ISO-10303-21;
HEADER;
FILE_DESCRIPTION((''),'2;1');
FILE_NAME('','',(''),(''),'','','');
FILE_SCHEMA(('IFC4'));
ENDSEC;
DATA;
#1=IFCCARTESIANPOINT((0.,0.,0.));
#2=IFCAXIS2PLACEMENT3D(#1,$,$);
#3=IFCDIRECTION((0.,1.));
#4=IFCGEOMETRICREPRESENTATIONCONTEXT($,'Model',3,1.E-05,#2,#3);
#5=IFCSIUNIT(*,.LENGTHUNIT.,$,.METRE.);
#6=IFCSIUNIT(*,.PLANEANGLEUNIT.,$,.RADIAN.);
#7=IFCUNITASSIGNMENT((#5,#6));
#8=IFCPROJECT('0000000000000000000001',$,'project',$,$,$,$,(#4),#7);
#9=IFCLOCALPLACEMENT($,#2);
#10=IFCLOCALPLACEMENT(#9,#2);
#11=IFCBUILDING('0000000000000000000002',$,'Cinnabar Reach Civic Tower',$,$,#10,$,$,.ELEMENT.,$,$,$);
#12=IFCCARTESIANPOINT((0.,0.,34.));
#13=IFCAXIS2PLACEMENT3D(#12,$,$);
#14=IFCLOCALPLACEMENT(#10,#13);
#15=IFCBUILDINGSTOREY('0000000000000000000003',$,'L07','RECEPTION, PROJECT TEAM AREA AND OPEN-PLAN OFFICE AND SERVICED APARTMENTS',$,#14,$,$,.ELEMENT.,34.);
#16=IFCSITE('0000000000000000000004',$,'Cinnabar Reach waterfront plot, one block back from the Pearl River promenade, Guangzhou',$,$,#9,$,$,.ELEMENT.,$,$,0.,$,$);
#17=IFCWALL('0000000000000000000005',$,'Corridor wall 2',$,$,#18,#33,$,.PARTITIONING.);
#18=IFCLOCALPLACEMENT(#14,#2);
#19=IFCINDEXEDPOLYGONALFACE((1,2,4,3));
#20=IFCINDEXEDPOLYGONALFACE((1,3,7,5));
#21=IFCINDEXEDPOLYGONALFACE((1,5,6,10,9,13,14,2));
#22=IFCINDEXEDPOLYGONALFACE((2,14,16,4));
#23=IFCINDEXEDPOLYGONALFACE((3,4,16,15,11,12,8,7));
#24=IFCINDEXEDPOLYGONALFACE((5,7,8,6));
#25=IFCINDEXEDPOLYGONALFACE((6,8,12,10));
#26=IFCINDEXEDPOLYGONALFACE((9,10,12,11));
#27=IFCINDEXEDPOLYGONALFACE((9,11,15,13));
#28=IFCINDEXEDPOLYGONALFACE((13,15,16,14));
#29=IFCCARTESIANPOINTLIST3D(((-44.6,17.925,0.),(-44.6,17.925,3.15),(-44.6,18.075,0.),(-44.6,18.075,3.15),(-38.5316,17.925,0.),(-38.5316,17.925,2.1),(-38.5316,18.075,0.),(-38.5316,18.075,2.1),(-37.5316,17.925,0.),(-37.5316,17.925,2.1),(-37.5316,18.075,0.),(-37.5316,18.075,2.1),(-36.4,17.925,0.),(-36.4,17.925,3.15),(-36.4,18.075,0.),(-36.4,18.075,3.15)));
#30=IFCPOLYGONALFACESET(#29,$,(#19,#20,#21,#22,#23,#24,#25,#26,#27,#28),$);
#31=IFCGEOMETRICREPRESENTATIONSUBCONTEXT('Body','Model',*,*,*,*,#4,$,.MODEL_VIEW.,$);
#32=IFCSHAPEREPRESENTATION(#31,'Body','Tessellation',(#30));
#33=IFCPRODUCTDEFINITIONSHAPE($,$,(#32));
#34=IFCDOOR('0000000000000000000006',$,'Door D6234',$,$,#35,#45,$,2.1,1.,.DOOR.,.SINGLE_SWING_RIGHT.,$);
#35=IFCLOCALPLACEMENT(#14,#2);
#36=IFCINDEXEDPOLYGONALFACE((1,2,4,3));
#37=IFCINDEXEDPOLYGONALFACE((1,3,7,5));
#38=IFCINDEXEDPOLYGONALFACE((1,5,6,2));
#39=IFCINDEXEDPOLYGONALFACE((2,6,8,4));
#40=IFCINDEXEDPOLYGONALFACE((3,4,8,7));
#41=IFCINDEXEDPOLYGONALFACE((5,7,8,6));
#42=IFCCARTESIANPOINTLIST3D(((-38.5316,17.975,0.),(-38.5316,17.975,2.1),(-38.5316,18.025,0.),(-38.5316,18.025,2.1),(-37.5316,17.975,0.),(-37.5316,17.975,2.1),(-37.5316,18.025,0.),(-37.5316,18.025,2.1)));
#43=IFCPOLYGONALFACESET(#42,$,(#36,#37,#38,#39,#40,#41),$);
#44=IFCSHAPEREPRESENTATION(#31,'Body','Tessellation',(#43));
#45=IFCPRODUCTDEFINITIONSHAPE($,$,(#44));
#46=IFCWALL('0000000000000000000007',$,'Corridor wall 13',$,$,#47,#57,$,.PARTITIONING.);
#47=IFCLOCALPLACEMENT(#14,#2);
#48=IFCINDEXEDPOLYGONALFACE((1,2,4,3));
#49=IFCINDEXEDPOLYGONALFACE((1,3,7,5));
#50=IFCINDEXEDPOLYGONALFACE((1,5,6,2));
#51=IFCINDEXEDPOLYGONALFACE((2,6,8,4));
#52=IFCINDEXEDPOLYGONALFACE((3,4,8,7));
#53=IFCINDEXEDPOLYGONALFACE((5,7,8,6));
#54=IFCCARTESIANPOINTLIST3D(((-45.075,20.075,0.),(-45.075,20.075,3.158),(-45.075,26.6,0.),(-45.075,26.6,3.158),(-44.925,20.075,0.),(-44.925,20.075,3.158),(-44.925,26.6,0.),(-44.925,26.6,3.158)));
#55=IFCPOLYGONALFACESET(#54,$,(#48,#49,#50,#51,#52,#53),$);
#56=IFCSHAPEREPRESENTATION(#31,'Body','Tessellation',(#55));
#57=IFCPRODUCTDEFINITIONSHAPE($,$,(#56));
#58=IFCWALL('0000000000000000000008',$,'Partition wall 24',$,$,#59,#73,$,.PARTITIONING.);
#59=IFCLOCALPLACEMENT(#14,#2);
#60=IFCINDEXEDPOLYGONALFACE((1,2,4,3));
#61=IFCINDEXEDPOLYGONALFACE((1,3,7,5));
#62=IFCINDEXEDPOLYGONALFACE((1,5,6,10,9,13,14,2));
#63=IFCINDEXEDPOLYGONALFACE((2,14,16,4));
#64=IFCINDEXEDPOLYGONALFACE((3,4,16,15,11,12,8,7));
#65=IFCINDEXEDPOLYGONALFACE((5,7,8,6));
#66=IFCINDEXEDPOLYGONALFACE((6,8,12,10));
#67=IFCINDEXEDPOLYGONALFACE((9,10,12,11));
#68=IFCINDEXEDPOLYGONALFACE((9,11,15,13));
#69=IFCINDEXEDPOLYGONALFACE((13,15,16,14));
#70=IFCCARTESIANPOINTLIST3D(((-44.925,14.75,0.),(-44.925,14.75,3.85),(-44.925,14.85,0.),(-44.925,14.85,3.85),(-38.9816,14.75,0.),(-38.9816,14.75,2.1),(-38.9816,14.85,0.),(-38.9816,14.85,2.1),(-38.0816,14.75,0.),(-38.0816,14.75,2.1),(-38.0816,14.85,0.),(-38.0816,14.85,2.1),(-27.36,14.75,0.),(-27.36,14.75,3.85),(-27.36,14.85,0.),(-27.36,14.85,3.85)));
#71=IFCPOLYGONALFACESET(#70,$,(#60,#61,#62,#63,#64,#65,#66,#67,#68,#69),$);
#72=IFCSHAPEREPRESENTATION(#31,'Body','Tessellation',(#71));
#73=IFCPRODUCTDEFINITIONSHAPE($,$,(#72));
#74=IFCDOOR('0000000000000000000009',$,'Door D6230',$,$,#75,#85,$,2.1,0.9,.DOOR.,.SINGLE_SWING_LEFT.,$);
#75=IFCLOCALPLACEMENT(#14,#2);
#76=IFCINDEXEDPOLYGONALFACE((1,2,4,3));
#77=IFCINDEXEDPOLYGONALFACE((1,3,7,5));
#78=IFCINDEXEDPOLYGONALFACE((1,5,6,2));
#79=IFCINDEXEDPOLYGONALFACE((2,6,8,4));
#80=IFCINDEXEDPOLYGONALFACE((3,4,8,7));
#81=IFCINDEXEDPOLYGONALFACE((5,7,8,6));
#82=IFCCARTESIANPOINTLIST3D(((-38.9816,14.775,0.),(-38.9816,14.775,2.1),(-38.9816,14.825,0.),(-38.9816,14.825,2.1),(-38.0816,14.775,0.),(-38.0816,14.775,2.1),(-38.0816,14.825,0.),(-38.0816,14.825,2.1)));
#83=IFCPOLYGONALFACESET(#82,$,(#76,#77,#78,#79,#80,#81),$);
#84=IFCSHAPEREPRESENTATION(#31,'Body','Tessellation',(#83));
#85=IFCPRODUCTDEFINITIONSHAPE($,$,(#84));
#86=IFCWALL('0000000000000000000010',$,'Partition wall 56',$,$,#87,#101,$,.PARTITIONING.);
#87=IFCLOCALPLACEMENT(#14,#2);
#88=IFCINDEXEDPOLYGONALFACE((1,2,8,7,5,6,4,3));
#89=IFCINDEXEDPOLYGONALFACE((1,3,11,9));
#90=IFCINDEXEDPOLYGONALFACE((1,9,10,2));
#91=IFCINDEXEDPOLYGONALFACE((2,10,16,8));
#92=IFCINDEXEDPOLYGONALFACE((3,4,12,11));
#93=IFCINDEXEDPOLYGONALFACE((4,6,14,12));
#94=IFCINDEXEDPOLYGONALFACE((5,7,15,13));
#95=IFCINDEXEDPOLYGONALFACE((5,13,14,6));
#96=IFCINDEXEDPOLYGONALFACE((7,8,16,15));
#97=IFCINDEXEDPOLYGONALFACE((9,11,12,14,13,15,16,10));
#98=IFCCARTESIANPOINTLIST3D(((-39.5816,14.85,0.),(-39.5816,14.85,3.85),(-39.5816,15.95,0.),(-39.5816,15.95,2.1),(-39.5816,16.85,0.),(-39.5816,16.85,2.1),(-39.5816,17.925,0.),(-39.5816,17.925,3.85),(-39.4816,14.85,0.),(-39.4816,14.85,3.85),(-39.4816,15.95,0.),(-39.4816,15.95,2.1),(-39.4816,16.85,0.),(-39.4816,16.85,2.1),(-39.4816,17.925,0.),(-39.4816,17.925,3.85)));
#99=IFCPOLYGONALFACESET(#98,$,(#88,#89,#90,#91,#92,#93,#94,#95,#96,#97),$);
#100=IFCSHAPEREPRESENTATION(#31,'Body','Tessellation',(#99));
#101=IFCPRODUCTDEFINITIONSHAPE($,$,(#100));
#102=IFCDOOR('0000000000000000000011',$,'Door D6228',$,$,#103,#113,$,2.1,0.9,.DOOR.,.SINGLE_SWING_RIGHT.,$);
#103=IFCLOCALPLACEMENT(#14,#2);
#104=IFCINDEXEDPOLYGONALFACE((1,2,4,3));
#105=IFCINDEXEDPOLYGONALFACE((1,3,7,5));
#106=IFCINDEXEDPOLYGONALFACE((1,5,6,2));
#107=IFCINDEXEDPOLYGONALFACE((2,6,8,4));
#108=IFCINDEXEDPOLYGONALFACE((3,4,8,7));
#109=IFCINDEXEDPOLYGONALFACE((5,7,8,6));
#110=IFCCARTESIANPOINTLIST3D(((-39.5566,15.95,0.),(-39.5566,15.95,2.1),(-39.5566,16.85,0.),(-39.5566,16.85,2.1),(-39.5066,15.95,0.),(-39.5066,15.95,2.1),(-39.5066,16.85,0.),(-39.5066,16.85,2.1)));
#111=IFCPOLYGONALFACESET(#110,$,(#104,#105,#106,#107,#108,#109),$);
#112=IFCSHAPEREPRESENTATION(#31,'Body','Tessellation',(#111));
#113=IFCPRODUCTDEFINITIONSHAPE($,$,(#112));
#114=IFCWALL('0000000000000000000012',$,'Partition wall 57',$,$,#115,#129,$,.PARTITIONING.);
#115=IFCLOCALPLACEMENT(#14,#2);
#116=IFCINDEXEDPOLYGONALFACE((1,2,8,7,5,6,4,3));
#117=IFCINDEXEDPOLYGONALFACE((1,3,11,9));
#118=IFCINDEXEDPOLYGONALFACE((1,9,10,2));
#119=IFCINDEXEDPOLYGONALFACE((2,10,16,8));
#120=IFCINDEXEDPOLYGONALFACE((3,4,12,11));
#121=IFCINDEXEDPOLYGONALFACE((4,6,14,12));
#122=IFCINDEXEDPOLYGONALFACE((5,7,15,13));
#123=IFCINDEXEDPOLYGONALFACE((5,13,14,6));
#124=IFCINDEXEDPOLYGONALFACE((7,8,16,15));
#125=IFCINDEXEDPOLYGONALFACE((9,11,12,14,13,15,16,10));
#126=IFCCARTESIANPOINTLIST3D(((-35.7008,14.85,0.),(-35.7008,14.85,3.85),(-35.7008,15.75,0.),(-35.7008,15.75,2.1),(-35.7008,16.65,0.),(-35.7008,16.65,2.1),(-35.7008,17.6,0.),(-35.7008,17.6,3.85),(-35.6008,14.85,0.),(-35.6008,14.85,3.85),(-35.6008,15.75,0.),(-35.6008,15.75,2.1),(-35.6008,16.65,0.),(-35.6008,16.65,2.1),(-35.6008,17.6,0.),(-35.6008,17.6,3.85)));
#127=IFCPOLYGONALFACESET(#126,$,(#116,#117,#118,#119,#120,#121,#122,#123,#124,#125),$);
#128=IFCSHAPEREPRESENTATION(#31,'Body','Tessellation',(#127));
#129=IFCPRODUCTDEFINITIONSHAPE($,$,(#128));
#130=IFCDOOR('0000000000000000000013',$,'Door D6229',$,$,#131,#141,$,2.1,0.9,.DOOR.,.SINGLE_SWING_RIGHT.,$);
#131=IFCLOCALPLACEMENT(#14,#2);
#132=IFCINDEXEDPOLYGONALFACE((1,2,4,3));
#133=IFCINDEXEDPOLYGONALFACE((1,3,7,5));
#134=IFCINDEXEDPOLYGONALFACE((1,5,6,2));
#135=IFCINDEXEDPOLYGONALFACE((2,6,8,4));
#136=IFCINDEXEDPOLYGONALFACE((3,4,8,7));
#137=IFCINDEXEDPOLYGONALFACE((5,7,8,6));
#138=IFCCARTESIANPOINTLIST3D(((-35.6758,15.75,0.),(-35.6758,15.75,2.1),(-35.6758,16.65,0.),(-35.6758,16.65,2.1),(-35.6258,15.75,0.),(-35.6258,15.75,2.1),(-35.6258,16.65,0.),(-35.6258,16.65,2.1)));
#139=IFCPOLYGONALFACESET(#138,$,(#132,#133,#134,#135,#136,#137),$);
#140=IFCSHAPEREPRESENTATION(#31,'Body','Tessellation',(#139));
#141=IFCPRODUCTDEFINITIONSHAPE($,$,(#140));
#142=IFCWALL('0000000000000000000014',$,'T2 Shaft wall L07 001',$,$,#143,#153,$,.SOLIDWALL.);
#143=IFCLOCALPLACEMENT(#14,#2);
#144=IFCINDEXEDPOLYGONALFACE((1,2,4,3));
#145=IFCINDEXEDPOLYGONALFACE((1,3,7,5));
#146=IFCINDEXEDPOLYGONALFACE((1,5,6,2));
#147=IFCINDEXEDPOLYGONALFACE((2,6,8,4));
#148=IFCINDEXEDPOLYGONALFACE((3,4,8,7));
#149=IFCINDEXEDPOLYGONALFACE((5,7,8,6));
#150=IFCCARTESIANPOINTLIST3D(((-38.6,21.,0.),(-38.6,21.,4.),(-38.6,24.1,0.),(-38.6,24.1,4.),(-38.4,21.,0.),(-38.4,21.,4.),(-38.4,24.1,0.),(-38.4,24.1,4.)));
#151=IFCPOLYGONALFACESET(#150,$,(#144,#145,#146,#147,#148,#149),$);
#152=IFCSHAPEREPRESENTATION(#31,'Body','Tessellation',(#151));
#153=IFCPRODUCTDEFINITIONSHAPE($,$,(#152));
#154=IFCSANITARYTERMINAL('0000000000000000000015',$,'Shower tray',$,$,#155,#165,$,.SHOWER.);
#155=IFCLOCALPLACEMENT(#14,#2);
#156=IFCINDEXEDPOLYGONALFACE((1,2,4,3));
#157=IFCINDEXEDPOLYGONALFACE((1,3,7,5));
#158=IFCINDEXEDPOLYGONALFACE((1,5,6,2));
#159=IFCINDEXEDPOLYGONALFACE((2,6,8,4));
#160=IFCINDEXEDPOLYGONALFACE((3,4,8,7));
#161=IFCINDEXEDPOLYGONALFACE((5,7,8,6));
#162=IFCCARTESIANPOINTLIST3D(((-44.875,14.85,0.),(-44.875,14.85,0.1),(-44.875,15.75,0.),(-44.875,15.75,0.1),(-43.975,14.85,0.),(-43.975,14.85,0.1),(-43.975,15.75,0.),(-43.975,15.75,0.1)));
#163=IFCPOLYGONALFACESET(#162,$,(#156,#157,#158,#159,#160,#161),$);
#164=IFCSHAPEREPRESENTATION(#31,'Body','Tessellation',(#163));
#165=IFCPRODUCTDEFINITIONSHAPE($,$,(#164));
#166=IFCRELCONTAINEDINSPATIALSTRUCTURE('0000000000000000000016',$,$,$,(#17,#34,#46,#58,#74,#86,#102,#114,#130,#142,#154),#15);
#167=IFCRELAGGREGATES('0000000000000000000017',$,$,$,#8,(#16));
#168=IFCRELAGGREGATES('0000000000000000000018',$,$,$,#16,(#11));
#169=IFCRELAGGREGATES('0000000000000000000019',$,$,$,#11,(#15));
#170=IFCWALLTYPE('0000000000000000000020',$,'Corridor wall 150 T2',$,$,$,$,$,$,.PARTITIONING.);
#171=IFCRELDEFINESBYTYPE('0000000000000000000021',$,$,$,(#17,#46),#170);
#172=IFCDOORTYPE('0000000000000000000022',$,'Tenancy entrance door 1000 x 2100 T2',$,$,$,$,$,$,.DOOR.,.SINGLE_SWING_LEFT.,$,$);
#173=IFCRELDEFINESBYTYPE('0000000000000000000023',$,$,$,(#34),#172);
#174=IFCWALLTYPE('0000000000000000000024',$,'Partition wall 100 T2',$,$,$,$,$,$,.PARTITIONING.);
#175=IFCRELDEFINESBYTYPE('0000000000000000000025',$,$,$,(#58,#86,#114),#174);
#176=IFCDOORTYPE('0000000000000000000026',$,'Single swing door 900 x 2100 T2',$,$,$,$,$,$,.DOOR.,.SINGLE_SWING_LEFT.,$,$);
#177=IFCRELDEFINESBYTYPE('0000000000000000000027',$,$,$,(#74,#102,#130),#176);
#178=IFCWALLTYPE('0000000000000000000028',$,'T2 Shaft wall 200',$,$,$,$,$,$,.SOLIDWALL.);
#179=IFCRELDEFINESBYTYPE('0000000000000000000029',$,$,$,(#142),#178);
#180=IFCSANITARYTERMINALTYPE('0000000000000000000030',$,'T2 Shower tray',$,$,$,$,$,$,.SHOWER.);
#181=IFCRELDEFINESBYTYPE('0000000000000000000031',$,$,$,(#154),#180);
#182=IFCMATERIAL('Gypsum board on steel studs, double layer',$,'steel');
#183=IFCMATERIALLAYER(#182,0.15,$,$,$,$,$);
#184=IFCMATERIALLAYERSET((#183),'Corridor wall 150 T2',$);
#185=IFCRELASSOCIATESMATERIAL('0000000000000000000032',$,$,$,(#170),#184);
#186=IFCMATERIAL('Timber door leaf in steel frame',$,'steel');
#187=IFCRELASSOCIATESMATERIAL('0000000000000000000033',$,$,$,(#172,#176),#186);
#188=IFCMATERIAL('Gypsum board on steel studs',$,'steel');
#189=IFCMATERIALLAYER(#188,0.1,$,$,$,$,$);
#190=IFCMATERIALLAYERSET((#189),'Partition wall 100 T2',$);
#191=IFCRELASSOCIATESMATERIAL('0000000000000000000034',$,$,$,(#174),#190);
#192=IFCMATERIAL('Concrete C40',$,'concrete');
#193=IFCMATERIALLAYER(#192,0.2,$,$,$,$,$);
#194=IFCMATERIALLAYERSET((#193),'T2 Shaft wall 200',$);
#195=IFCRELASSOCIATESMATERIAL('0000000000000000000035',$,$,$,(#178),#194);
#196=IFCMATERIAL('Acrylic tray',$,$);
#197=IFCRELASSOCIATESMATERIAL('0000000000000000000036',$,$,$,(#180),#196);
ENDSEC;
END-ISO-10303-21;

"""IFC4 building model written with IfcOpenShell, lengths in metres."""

from ifc_helpers import new_model, si_unit, direction, frame, frame_2d, origin, origin_2d, place, context, subcontext, project, spatial, rectangle, extrude, material, layer, layer_set, type_object, element, fill, save


model = new_model("IFC4")

# Units and contexts
model_context = context("Model", 3, precision=1e-05, world=origin(), true_north=direction((0.0, 1.0)))
body_context = subcontext(model_context, "Body", "Model", "MODEL_VIEW")
ifc_project = project(units=[si_unit("LENGTHUNIT", "METRE"), si_unit("PLANEANGLEUNIT", "RADIAN")], contexts=[model_context])

# Site, building, storey
site_placement = place(None, origin())
site = spatial("IfcSite", under=ifc_project, at=site_placement, Name="Cinnabar Reach waterfront plot, one block back from the Pearl River promenade, Guangzhou", CompositionType="ELEMENT", RefElevation=0.0)
building_placement = place(site_placement, origin())
building = spatial("IfcBuilding", under=site, at=building_placement, Name="Cinnabar Reach Civic Tower", CompositionType="ELEMENT")
storey_placement = place(building_placement, frame((0.0, 0.0, 34.0)))
storey = spatial("IfcBuildingStorey", under=building, at=storey_placement, Name="L07", Description="RECEPTION, PROJECT TEAM AREA AND OPEN-PLAN OFFICE AND SERVICED APARTMENTS", CompositionType="ELEMENT", Elevation=34.0)

# Shared definitions
ifc_material_1 = material(Name="Gypsum board on steel studs, double layer", Category="steel")
ifc_layer_1 = layer(ifc_material_1, 0.15)
ifc_layer_set_1 = layer_set([ifc_layer_1], Name="Corridor wall 150 T2")
wall_type_1 = type_object("IfcWallType", Name="Corridor wall 150 T2", PredefinedType="PARTITIONING", material=ifc_layer_set_1)

# Wall, opening, door
wall_1_placement = place(storey_placement, frame((-44.6, 18.0, 0.0), z_axis=(0.0, 0.0, 1.0), x_axis=(1.0, 0.0, 0.0)))
wall_1 = element("IfcWall", 1, at=wall_1_placement, inside=storey, type_object=wall_type_1, Name="Corridor wall 2", PredefinedType="PARTITIONING", context=body_context, shape_type="SweptSolid", body=[
    extrude(rectangle(XDim=8.2, YDim=0.15, at=frame_2d((4.1, 0.0))), origin(), (0.0, 0.0, 1.0), 3.15),
])
opening_1_placement = place(wall_1_placement, frame((6.0684, 0.0, 0.0)))
opening_1 = element("IfcOpeningElement", 2, at=opening_1_placement, cuts=wall_1, PredefinedType="OPENING", context=body_context, shape_type="SweptSolid", body=[
    extrude(rectangle(XDim=1.0, YDim=2.1, at=frame_2d((0.5, 1.05))), frame((0.0, 0.085, 0.0), z_axis=(0.0, -1.0, 0.0), x_axis=(1.0, 0.0, 0.0)), (0.0, 0.0, 1.0), 0.17),
])
ifc_material_2 = material(Name="Timber door leaf in steel frame", Category="steel")
door_type_1 = type_object("IfcDoorType", Name="Tenancy entrance door 1000 x 2100 T2", OperationType="SINGLE_SWING_LEFT", PredefinedType="DOOR", material=ifc_material_2)
door_1_placement = place(opening_1_placement, frame((1.0, 0.0, 0.0), z_axis=(0.0, 0.0, 1.0), x_axis=(-1.0, 0.0, 0.0)))
door_1 = element("IfcDoor", 3, at=door_1_placement, inside=storey, type_object=door_type_1, Name="Door D6234", OperationType="SINGLE_SWING_RIGHT", OverallHeight=2.1, OverallWidth=1.0, PredefinedType="DOOR", context=body_context, shape_type="SweptSolid", body=[
    extrude(rectangle(XDim=1.0, YDim=2.1, at=frame_2d((0.5, 1.05))), frame((0.0, 0.025, 0.0), z_axis=(0.0, -1.0, 0.0), x_axis=(1.0, 0.0, 0.0)), (0.0, 0.0, 1.0), 0.05),
])
fill(opening_1, door_1)

# Wall
wall_2_placement = place(storey_placement, frame((-45.0, 20.075, 0.0), z_axis=(0.0, 0.0, 1.0), x_axis=(0.0, 1.0, 0.0)))
element("IfcWall", 4, at=wall_2_placement, inside=storey, type_object=wall_type_1, Name="Corridor wall 13", PredefinedType="PARTITIONING", context=body_context, shape_type="SweptSolid", body=[
    extrude(rectangle(XDim=6.525, YDim=0.15, at=frame_2d((3.2625, 0.0))), origin(), (0.0, 0.0, 1.0), 3.158),
])

# Walls, openings, doors
ifc_material_3 = material(Name="Gypsum board on steel studs", Category="steel")
ifc_layer_2 = layer(ifc_material_3, 0.1)
ifc_layer_set_2 = layer_set([ifc_layer_2], Name="Partition wall 100 T2")
wall_type_2 = type_object("IfcWallType", Name="Partition wall 100 T2", PredefinedType="PARTITIONING", material=ifc_layer_set_2)
wall_3_placement = place(storey_placement, frame((-44.925, 14.8, 0.0), z_axis=(0.0, 0.0, 1.0), x_axis=(1.0, 0.0, 0.0)))
wall_3 = element("IfcWall", 5, at=wall_3_placement, inside=storey, type_object=wall_type_2, Name="Partition wall 24", PredefinedType="PARTITIONING", context=body_context, shape_type="SweptSolid", body=[
    extrude(rectangle(XDim=17.565, YDim=0.1, at=frame_2d((8.7825, 0.0))), origin(), (0.0, 0.0, 1.0), 3.85),
])
opening_2_placement = place(wall_3_placement, frame((5.9434, 0.0, 0.0)))
opening_2 = element("IfcOpeningElement", 6, at=opening_2_placement, cuts=wall_3, PredefinedType="OPENING", context=body_context, shape_type="SweptSolid", body=[
    extrude(rectangle(XDim=0.9, YDim=2.1, at=frame_2d((0.45, 1.05))), frame((0.0, 0.06, 0.0), z_axis=(0.0, -1.0, 0.0), x_axis=(1.0, 0.0, 0.0)), (0.0, 0.0, 1.0), 0.12),
])
door_type_2 = type_object("IfcDoorType", Name="Single swing door 900 x 2100 T2", OperationType="SINGLE_SWING_LEFT", PredefinedType="DOOR", material=ifc_material_2)
door_2_placement = place(opening_2_placement, origin())
door_2 = element("IfcDoor", 7, at=door_2_placement, inside=storey, type_object=door_type_2, Name="Door D6230", OperationType="SINGLE_SWING_LEFT", OverallHeight=2.1, OverallWidth=0.9, PredefinedType="DOOR", context=body_context, shape_type="SweptSolid", body=[
    extrude(rectangle(XDim=0.9, YDim=2.1, at=frame_2d((0.45, 1.05))), frame((0.0, 0.025, 0.0), z_axis=(0.0, -1.0, 0.0), x_axis=(1.0, 0.0, 0.0)), (0.0, 0.0, 1.0), 0.05),
])
fill(opening_2, door_2)
wall_4_placement = place(storey_placement, frame((-39.5316, 14.85, 0.0), z_axis=(0.0, 0.0, 1.0), x_axis=(0.0, 1.0, 0.0)))
wall_4 = element("IfcWall", 8, at=wall_4_placement, inside=storey, type_object=wall_type_2, Name="Partition wall 56", PredefinedType="PARTITIONING", context=body_context, shape_type="SweptSolid", body=[
    extrude(rectangle(XDim=3.075, YDim=0.1, at=frame_2d((1.5375, 0.0))), origin(), (0.0, 0.0, 1.0), 3.85),
])
opening_3_placement = place(wall_4_placement, frame((1.1, 0.0, 0.0)))
opening_3 = element("IfcOpeningElement", 9, at=opening_3_placement, cuts=wall_4, PredefinedType="OPENING", context=body_context, shape_type="SweptSolid", body=[
    extrude(rectangle(XDim=0.9, YDim=2.1, at=frame_2d((0.45, 1.05))), frame((0.0, 0.06, 0.0), z_axis=(0.0, -1.0, 0.0), x_axis=(1.0, 0.0, 0.0)), (0.0, 0.0, 1.0), 0.12),
])
door_3_placement = place(opening_3_placement, origin())
door_3 = element("IfcDoor", 10, at=door_3_placement, inside=storey, type_object=door_type_2, Name="Door D6228", OperationType="SINGLE_SWING_RIGHT", OverallHeight=2.1, OverallWidth=0.9, PredefinedType="DOOR", context=body_context, shape_type="SweptSolid", body=[
    extrude(rectangle(XDim=0.9, YDim=2.1, at=frame_2d((0.45, 1.05))), frame((0.0, 0.025, 0.0), z_axis=(0.0, -1.0, 0.0), x_axis=(1.0, 0.0, 0.0)), (0.0, 0.0, 1.0), 0.05),
])
fill(opening_3, door_3)
wall_5_placement = place(storey_placement, frame((-35.6508, 14.85, 0.0), z_axis=(0.0, 0.0, 1.0), x_axis=(0.0, 1.0, 0.0)))
wall_5 = element("IfcWall", 11, at=wall_5_placement, inside=storey, type_object=wall_type_2, Name="Partition wall 57", PredefinedType="PARTITIONING", context=body_context, shape_type="SweptSolid", body=[
    extrude(rectangle(XDim=2.75, YDim=0.1, at=frame_2d((1.375, 0.0))), origin(), (0.0, 0.0, 1.0), 3.85),
])
opening_4_placement = place(wall_5_placement, frame((0.9, 0.0, 0.0)))
opening_4 = element("IfcOpeningElement", 12, at=opening_4_placement, cuts=wall_5, PredefinedType="OPENING", context=body_context, shape_type="SweptSolid", body=[
    extrude(rectangle(XDim=0.9, YDim=2.1, at=frame_2d((0.45, 1.05))), frame((0.0, 0.06, 0.0), z_axis=(0.0, -1.0, 0.0), x_axis=(1.0, 0.0, 0.0)), (0.0, 0.0, 1.0), 0.12),
])
door_4_placement = place(opening_4_placement, origin())
door_4 = element("IfcDoor", 13, at=door_4_placement, inside=storey, type_object=door_type_2, Name="Door D6229", OperationType="SINGLE_SWING_RIGHT", OverallHeight=2.1, OverallWidth=0.9, PredefinedType="DOOR", context=body_context, shape_type="SweptSolid", body=[
    extrude(rectangle(XDim=0.9, YDim=2.1, at=frame_2d((0.45, 1.05))), frame((0.0, 0.025, 0.0), z_axis=(0.0, -1.0, 0.0), x_axis=(1.0, 0.0, 0.0)), (0.0, 0.0, 1.0), 0.05),
])
fill(opening_4, door_4)

# Wall
ifc_material_4 = material(Name="Concrete C40", Category="concrete")
ifc_layer_3 = layer(ifc_material_4, 0.2)
ifc_layer_set_3 = layer_set([ifc_layer_3], Name="T2 Shaft wall 200")
wall_type_3 = type_object("IfcWallType", Name="T2 Shaft wall 200", PredefinedType="SOLIDWALL", material=ifc_layer_set_3)
wall_6_placement = place(storey_placement, frame((-38.5, 21.0, 0.0), z_axis=(0.0, 0.0, 1.0), x_axis=(0.0, 1.0, 0.0)))
element("IfcWall", 14, at=wall_6_placement, inside=storey, type_object=wall_type_3, Name="T2 Shaft wall L07 001", PredefinedType="SOLIDWALL", context=body_context, shape_type="SweptSolid", body=[
    extrude(rectangle(XDim=3.1, YDim=0.2, at=frame_2d((1.55, 0.0))), origin(), (0.0, 0.0, 1.0), 4.0),
])

# Sanitary terminal
ifc_material_5 = material(Name="Acrylic tray")
sanitary_terminal_type_1 = type_object("IfcSanitaryTerminalType", Name="T2 Shower tray", PredefinedType="SHOWER", material=ifc_material_5)
sanitary_terminal_1_placement = place(storey_placement, frame((-44.425, 15.3, 0.0), z_axis=(0.0, 0.0, 1.0), x_axis=(1.0, 0.0, 0.0)))
element("IfcSanitaryTerminal", 15, at=sanitary_terminal_1_placement, inside=storey, type_object=sanitary_terminal_type_1, Name="Shower tray", PredefinedType="SHOWER", context=body_context, shape_type="SweptSolid", body=[
    extrude(rectangle(XDim=0.9, YDim=0.9, at=origin_2d()), origin(), (0.0, 0.0, 1.0), 0.1),
])

save(model, "model.ifc")
